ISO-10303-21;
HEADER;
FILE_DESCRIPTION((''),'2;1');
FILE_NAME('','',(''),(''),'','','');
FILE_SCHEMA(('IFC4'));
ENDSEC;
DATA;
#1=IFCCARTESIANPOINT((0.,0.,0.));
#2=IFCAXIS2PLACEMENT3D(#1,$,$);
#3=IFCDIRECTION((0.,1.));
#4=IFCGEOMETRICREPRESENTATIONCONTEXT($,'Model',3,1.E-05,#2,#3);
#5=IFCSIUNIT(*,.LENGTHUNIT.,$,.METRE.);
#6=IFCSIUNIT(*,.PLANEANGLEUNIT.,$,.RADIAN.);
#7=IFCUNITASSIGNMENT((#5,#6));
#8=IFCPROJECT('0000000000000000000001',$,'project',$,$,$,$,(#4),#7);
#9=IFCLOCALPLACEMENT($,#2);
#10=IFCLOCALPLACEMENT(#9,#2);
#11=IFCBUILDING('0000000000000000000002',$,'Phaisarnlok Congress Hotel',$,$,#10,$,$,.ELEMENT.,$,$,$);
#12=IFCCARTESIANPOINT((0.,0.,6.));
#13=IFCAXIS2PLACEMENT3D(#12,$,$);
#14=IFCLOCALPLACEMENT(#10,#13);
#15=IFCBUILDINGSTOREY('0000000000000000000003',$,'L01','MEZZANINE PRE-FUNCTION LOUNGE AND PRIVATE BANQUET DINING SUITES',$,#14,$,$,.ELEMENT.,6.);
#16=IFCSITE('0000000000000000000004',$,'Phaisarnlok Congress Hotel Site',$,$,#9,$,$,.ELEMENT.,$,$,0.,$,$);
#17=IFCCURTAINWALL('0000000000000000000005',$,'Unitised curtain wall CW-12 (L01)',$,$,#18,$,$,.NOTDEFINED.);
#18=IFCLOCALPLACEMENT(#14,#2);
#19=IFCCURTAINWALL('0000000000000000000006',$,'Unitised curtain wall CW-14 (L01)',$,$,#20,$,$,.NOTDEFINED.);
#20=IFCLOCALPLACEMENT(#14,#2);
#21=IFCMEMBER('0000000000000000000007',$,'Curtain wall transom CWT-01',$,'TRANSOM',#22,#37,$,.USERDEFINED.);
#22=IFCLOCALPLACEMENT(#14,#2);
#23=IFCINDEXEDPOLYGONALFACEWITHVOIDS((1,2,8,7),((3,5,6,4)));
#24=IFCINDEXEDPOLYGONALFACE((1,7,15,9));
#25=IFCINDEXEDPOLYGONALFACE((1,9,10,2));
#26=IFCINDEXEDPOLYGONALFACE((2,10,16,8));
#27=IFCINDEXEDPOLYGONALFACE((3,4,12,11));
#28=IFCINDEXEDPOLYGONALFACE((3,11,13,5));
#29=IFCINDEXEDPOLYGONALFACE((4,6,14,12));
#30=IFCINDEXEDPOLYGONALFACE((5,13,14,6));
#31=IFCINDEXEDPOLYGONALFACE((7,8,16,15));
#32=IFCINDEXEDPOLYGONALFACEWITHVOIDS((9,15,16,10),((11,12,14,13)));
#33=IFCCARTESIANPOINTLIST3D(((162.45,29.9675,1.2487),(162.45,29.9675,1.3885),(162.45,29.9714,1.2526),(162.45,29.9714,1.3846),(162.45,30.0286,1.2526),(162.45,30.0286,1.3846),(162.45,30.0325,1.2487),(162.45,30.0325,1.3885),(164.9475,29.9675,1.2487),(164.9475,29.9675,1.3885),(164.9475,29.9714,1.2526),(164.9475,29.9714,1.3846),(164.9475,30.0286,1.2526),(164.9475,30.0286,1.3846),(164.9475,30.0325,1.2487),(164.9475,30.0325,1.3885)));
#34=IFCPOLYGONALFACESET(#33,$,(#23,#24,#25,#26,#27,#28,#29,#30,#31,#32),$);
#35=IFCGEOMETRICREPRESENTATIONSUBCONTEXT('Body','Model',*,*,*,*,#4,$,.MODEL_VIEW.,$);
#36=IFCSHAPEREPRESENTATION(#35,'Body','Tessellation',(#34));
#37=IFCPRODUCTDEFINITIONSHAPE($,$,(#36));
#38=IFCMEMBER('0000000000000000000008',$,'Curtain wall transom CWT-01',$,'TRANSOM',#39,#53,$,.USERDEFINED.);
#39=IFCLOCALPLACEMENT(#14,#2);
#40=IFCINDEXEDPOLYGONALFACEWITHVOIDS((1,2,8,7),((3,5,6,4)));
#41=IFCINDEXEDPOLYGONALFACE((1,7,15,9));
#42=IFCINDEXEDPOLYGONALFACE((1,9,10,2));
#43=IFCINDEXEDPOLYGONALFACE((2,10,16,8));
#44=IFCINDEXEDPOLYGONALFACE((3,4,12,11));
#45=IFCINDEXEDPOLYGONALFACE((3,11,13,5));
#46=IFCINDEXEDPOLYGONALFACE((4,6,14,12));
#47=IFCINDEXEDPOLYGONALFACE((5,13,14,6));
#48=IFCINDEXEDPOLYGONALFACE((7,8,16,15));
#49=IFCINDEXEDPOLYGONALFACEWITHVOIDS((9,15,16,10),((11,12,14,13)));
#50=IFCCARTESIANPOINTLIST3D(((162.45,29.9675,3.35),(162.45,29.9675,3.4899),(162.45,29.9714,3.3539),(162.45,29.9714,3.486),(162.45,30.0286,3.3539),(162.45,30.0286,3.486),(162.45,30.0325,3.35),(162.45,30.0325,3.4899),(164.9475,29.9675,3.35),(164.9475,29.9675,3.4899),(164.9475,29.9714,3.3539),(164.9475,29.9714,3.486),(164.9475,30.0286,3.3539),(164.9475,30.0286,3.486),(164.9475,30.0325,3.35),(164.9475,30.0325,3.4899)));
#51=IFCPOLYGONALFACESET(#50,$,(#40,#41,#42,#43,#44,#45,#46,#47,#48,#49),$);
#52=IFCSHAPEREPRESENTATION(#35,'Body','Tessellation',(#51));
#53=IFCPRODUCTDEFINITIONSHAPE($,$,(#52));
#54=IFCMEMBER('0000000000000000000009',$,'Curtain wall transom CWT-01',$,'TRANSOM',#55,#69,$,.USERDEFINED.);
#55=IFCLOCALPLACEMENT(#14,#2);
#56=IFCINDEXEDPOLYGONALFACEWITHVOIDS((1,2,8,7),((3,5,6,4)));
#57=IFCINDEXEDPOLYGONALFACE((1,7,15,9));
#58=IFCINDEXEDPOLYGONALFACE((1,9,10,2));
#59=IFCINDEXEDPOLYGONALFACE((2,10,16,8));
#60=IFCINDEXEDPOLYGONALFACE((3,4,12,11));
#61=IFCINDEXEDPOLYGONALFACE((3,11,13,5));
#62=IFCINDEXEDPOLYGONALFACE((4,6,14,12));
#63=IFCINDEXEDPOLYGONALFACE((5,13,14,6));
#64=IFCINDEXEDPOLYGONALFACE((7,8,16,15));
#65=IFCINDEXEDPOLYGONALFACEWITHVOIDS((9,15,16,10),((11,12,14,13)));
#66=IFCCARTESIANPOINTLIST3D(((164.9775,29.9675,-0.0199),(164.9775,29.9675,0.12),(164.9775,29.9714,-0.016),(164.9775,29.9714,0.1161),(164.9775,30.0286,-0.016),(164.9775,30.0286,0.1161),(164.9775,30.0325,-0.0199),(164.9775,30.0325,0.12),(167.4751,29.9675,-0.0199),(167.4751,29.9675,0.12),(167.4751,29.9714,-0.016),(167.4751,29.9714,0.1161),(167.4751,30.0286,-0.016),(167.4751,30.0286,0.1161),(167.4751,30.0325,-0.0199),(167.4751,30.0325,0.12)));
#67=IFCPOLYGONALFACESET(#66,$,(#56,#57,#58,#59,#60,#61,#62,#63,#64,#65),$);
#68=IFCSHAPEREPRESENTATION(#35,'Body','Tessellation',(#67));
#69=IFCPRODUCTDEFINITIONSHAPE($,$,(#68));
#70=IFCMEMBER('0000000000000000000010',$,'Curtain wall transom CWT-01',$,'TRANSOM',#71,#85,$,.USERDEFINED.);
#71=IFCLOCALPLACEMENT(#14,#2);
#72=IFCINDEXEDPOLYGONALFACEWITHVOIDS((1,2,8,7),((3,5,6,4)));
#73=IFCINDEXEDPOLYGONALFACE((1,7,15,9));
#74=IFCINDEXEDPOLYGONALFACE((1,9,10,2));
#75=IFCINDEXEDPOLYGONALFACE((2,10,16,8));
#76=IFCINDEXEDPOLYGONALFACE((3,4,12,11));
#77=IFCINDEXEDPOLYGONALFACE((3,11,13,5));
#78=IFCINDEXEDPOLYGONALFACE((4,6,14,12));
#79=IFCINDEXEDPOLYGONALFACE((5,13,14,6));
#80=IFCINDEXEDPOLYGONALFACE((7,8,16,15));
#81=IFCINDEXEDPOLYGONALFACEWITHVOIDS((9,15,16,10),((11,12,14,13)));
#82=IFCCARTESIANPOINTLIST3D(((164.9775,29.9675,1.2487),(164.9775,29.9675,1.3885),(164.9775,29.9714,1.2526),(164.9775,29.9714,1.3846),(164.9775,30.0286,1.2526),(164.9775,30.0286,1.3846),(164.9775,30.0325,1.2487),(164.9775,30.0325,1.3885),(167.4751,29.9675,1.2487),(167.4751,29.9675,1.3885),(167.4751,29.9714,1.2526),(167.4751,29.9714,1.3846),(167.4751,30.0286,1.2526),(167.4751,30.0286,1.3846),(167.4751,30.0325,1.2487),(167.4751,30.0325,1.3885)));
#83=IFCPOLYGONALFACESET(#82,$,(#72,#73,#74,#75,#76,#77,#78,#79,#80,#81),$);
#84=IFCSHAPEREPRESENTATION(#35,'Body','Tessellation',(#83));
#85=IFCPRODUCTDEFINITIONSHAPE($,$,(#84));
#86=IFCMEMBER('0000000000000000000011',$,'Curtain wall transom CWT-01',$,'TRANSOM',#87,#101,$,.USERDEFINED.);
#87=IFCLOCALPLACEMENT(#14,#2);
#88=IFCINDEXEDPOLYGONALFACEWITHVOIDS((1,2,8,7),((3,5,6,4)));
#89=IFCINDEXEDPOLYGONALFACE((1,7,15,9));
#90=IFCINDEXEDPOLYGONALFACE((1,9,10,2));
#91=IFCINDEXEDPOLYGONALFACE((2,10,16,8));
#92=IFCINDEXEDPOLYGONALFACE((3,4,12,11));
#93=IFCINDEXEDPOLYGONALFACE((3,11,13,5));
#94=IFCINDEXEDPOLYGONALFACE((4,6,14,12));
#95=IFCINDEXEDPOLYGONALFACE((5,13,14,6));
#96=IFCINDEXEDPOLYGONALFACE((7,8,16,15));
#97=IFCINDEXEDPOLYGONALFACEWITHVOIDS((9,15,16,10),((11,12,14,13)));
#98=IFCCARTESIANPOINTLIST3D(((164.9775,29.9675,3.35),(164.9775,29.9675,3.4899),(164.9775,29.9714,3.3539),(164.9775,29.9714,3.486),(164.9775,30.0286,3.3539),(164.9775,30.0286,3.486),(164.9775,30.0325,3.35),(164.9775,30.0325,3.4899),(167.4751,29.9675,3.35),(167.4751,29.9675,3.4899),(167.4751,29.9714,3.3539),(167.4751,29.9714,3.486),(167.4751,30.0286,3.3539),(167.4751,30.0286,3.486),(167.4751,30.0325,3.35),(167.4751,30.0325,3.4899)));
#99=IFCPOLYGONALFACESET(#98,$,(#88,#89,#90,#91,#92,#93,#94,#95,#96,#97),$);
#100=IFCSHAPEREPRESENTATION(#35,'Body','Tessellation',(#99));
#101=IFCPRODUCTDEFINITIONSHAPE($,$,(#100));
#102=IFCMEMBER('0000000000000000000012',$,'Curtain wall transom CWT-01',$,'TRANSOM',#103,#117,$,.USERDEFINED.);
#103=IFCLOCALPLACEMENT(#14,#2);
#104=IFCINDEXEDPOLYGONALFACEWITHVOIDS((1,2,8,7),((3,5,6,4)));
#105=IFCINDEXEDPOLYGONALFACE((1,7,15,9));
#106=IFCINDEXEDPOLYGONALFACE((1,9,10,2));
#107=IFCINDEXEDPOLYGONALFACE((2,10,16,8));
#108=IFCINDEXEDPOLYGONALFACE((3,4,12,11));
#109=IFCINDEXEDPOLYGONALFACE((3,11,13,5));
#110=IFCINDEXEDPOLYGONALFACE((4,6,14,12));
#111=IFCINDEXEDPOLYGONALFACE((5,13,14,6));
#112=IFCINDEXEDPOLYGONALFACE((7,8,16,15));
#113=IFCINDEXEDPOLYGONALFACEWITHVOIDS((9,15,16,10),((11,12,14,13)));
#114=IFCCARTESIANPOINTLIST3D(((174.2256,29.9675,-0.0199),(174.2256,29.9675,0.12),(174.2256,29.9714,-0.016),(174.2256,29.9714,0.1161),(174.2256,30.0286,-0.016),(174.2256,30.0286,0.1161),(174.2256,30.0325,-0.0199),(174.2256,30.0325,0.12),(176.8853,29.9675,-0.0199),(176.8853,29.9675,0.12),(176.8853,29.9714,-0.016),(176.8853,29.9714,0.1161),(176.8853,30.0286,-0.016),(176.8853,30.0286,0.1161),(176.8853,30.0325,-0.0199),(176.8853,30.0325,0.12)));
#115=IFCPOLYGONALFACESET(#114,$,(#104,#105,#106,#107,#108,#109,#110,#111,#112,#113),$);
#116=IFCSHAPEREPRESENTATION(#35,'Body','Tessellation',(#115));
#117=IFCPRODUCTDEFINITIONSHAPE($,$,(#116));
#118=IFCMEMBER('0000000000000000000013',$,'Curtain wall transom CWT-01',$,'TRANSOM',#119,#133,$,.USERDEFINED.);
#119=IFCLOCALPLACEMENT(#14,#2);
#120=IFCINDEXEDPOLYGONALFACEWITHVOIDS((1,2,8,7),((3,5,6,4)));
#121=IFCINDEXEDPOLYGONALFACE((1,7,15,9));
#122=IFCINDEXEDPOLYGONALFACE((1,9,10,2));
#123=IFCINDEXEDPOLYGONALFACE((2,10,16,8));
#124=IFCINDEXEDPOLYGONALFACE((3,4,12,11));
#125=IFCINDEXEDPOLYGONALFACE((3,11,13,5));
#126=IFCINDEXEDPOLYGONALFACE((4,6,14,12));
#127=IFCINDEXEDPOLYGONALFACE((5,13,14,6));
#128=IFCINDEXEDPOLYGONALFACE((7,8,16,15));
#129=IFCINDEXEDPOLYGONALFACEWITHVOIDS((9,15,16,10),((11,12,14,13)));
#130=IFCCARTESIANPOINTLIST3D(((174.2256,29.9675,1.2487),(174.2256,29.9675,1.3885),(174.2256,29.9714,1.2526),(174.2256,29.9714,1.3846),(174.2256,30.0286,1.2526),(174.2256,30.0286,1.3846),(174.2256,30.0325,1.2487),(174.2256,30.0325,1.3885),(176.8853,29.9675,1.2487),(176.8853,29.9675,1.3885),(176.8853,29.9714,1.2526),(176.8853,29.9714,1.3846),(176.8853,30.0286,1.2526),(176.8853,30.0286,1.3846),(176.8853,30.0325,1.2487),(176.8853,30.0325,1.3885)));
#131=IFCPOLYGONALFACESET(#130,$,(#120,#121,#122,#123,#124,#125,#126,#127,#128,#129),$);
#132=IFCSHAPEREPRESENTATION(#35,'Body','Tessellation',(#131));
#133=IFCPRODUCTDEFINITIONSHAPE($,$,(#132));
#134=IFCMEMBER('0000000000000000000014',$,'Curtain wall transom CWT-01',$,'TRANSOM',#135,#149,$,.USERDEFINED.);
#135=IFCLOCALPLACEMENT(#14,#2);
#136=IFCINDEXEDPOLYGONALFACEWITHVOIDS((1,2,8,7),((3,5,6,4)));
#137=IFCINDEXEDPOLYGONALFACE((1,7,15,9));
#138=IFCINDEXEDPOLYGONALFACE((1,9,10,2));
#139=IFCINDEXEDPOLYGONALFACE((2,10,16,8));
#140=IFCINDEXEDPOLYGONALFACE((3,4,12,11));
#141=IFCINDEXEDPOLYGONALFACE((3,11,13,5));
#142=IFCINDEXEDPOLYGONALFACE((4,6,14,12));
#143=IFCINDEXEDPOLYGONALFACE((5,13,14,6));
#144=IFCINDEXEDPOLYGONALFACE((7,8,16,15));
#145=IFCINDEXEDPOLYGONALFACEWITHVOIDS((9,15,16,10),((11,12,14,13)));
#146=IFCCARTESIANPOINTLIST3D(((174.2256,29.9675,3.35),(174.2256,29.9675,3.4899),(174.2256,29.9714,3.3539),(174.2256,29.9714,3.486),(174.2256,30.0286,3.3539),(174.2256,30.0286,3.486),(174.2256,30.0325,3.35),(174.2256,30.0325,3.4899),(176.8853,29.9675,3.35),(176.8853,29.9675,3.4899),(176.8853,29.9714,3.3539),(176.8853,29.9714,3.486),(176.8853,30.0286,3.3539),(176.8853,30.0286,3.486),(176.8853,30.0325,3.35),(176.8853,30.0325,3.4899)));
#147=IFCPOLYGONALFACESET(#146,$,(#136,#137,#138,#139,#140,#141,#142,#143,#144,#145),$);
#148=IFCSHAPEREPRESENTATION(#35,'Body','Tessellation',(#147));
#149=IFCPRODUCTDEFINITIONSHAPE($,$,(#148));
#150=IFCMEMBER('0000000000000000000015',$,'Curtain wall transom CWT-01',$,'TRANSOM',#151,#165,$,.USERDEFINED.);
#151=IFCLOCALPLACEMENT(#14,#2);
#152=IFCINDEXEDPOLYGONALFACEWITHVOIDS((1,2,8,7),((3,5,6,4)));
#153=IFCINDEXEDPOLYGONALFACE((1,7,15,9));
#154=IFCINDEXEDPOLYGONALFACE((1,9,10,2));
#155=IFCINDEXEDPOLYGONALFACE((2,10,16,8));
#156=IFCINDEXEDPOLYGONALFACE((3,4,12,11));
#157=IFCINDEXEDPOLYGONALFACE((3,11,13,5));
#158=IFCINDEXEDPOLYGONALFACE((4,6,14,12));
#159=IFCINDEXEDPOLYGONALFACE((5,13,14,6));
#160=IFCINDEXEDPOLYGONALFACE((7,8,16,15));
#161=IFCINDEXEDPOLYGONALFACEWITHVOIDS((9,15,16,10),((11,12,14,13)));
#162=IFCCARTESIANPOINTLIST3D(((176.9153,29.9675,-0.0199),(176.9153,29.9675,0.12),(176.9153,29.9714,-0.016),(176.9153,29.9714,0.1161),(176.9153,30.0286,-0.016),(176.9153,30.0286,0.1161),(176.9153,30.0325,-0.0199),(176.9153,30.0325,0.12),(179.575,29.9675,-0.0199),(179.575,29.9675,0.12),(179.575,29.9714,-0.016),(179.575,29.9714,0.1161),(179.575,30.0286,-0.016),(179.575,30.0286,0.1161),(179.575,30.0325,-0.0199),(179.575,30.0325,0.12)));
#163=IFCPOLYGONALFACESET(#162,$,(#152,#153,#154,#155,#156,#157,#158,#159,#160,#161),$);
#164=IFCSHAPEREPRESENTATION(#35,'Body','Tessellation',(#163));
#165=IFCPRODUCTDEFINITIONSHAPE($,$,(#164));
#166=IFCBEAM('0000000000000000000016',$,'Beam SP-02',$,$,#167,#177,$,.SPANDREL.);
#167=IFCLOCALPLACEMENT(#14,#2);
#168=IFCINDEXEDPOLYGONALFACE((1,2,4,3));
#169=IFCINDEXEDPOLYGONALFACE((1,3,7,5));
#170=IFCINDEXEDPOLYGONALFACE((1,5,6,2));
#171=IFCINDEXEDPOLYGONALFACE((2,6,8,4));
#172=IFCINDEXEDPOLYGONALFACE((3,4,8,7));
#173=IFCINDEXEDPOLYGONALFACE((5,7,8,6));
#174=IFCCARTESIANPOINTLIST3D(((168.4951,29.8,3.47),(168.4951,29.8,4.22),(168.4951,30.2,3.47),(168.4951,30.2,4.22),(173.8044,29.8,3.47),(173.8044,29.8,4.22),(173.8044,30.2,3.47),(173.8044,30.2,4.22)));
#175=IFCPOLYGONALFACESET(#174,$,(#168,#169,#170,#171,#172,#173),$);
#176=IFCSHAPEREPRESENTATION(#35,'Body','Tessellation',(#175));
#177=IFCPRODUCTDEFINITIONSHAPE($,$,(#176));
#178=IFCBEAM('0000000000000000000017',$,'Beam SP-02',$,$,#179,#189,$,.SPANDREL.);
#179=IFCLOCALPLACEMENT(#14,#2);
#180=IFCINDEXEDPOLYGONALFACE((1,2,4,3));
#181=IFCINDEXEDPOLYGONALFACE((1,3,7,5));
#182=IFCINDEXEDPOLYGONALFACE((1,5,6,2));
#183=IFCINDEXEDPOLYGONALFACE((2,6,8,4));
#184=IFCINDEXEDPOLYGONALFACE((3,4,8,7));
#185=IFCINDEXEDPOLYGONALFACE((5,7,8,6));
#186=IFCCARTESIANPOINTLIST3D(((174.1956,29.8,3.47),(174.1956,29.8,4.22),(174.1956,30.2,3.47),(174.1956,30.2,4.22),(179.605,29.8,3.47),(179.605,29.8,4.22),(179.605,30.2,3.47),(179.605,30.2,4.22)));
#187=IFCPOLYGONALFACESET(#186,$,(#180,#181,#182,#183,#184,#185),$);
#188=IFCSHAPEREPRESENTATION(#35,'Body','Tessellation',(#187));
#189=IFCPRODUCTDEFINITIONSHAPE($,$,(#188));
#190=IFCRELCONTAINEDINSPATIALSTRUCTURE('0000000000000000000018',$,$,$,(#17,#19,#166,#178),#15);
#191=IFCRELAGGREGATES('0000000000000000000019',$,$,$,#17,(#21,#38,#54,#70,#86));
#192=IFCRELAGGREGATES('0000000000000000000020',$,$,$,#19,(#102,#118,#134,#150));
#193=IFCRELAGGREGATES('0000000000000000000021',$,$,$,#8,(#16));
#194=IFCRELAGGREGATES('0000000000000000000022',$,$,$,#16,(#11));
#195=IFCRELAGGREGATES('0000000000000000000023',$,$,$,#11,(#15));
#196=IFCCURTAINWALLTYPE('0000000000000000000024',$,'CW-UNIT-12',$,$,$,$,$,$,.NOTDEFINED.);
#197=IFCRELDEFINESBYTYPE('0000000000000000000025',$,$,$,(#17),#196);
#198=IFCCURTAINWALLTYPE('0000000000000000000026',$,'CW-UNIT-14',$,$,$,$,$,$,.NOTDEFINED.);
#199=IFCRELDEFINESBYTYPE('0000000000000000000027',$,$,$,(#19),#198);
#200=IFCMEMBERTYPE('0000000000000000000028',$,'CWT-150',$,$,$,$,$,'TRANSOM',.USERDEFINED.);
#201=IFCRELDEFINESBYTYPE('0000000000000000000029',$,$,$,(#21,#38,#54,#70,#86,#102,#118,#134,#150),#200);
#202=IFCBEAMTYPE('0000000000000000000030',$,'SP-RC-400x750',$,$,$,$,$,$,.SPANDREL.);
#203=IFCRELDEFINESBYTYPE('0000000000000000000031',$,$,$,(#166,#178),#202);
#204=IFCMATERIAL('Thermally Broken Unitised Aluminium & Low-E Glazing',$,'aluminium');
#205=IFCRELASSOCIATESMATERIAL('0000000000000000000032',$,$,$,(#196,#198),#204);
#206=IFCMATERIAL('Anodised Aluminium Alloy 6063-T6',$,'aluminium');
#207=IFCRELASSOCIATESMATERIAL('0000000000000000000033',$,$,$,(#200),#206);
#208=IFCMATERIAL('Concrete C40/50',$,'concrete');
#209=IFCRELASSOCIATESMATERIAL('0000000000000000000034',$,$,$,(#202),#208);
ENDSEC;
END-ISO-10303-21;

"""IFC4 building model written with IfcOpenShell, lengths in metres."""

from ifc_helpers import new_model, si_unit, direction, frame, origin, origin_2d, place, context, subcontext, project, spatial, rectangle, hollow_rectangle, extrude, material, material_profile, profile_set, type_object, element, aggregate, save


model = new_model("IFC4")

# Units and contexts
model_context = context("Model", 3, precision=1e-05, world=origin(), true_north=direction((0.0, 1.0)))
body_context = subcontext(model_context, "Body", "Model", "MODEL_VIEW")
ifc_project = project(units=[si_unit("LENGTHUNIT", "METRE"), si_unit("PLANEANGLEUNIT", "RADIAN")], contexts=[model_context])

# Site, building, storey
site_placement = place(None, origin())
site = spatial("IfcSite", under=ifc_project, at=site_placement, Name="Phaisarnlok Congress Hotel Site", CompositionType="ELEMENT", RefElevation=0.0)
building_placement = place(site_placement, origin())
building = spatial("IfcBuilding", under=site, at=building_placement, Name="Phaisarnlok Congress Hotel", CompositionType="ELEMENT")
storey_placement = place(building_placement, frame((0.0, 0.0, 6.0)))
storey = spatial("IfcBuildingStorey", under=building, at=storey_placement, Name="L01", Description="MEZZANINE PRE-FUNCTION LOUNGE AND PRIVATE BANQUET DINING SUITES", CompositionType="ELEMENT", Elevation=6.0)

# Curtain walls
ifc_material_1 = material(Name="Thermally Broken Unitised Aluminium & Low-E Glazing", Category="aluminium")
curtain_wall_type_1 = type_object("IfcCurtainWallType", Name="CW-UNIT-12", PredefinedType="NOTDEFINED", material=ifc_material_1)
curtain_wall_1_placement = place(storey_placement, origin())
curtain_wall_1 = element("IfcCurtainWall", 1, at=curtain_wall_1_placement, inside=storey, type_object=curtain_wall_type_1, Name="Unitised curtain wall CW-12 (L01)", PredefinedType="NOTDEFINED")
ifc_material_2 = material(Name="Anodised Aluminium Alloy 6063-T6", Category="aluminium")
curtain_wall_type_2 = type_object("IfcCurtainWallType", Name="CW-UNIT-14", PredefinedType="NOTDEFINED", material=ifc_material_1)
curtain_wall_2_placement = place(storey_placement, origin())
curtain_wall_2 = element("IfcCurtainWall", 2, at=curtain_wall_2_placement, inside=storey, type_object=curtain_wall_type_2, Name="Unitised curtain wall CW-14 (L01)", PredefinedType="NOTDEFINED")

# Members
ifc_material_profile_1 = material_profile(ifc_material_2, hollow_rectangle(XDim=0.0649, YDim=0.1399, WallThickness=0.0039, at=origin_2d()), Name="ALU-T 65x140x4")
ifc_profile_set_1 = profile_set([ifc_material_profile_1], Name="Anodised Aluminium Alloy 6063-T6")
member_type_1 = type_object("IfcMemberType", Name="CWT-150", ElementType="TRANSOM", PredefinedType="USERDEFINED", material=ifc_profile_set_1)
member_1_placement = place(storey_placement, frame((162.45, 30.0, 1.3186), z_axis=(1.0, 0.0, 0.0), x_axis=(0.0, 1.0, 0.0)))
member_1 = element("IfcMember", 3, at=member_1_placement, type_object=member_type_1, Name="Curtain wall transom CWT-01", ObjectType="TRANSOM", PredefinedType="USERDEFINED", context=body_context, shape_type="SweptSolid", body=[
    extrude(hollow_rectangle(XDim=0.0649, YDim=0.1399, WallThickness=0.0039, at=origin_2d()), origin(), (0.0, 0.0, 1.0), 2.4976),
])
member_2_placement = place(storey_placement, frame((162.45, 30.0, 3.4199), z_axis=(1.0, 0.0, 0.0), x_axis=(0.0, 1.0, 0.0)))
member_2 = element("IfcMember", 4, at=member_2_placement, type_object=member_type_1, Name="Curtain wall transom CWT-01", ObjectType="TRANSOM", PredefinedType="USERDEFINED", context=body_context, shape_type="SweptSolid", body=[
    extrude(hollow_rectangle(XDim=0.0649, YDim=0.1399, WallThickness=0.0039, at=origin_2d()), origin(), (0.0, 0.0, 1.0), 2.4976),
])
member_3_placement = place(storey_placement, frame((164.9775, 30.0, 0.05), z_axis=(1.0, 0.0, 0.0), x_axis=(0.0, 1.0, 0.0)))
member_3 = element("IfcMember", 5, at=member_3_placement, type_object=member_type_1, Name="Curtain wall transom CWT-01", ObjectType="TRANSOM", PredefinedType="USERDEFINED", context=body_context, shape_type="SweptSolid", body=[
    extrude(hollow_rectangle(XDim=0.0649, YDim=0.1399, WallThickness=0.0039, at=origin_2d()), origin(), (0.0, 0.0, 1.0), 2.4976),
])
member_4_placement = place(storey_placement, frame((164.9775, 30.0, 1.3186), z_axis=(1.0, 0.0, 0.0), x_axis=(0.0, 1.0, 0.0)))
member_4 = element("IfcMember", 6, at=member_4_placement, type_object=member_type_1, Name="Curtain wall transom CWT-01", ObjectType="TRANSOM", PredefinedType="USERDEFINED", context=body_context, shape_type="SweptSolid", body=[
    extrude(hollow_rectangle(XDim=0.0649, YDim=0.1399, WallThickness=0.0039, at=origin_2d()), origin(), (0.0, 0.0, 1.0), 2.4976),
])
member_5_placement = place(storey_placement, frame((164.9775, 30.0, 3.4199), z_axis=(1.0, 0.0, 0.0), x_axis=(0.0, 1.0, 0.0)))
member_5 = element("IfcMember", 7, at=member_5_placement, type_object=member_type_1, Name="Curtain wall transom CWT-01", ObjectType="TRANSOM", PredefinedType="USERDEFINED", context=body_context, shape_type="SweptSolid", body=[
    extrude(hollow_rectangle(XDim=0.0649, YDim=0.1399, WallThickness=0.0039, at=origin_2d()), origin(), (0.0, 0.0, 1.0), 2.4976),
])
member_6_placement = place(storey_placement, frame((174.2256, 30.0, 0.05), z_axis=(1.0, 0.0, 0.0), x_axis=(0.0, 1.0, 0.0)))
member_6 = element("IfcMember", 8, at=member_6_placement, type_object=member_type_1, Name="Curtain wall transom CWT-01", ObjectType="TRANSOM", PredefinedType="USERDEFINED", context=body_context, shape_type="SweptSolid", body=[
    extrude(hollow_rectangle(XDim=0.0649, YDim=0.1399, WallThickness=0.0039, at=origin_2d()), origin(), (0.0, 0.0, 1.0), 2.6597),
])
member_7_placement = place(storey_placement, frame((174.2256, 30.0, 1.3186), z_axis=(1.0, 0.0, 0.0), x_axis=(0.0, 1.0, 0.0)))
member_7 = element("IfcMember", 9, at=member_7_placement, type_object=member_type_1, Name="Curtain wall transom CWT-01", ObjectType="TRANSOM", PredefinedType="USERDEFINED", context=body_context, shape_type="SweptSolid", body=[
    extrude(hollow_rectangle(XDim=0.0649, YDim=0.1399, WallThickness=0.0039, at=origin_2d()), origin(), (0.0, 0.0, 1.0), 2.6597),
])
member_8_placement = place(storey_placement, frame((174.2256, 30.0, 3.4199), z_axis=(1.0, 0.0, 0.0), x_axis=(0.0, 1.0, 0.0)))
member_8 = element("IfcMember", 10, at=member_8_placement, type_object=member_type_1, Name="Curtain wall transom CWT-01", ObjectType="TRANSOM", PredefinedType="USERDEFINED", context=body_context, shape_type="SweptSolid", body=[
    extrude(hollow_rectangle(XDim=0.0649, YDim=0.1399, WallThickness=0.0039, at=origin_2d()), origin(), (0.0, 0.0, 1.0), 2.6597),
])
member_9_placement = place(storey_placement, frame((176.9153, 30.0, 0.05), z_axis=(1.0, 0.0, 0.0), x_axis=(0.0, 1.0, 0.0)))
member_9 = element("IfcMember", 11, at=member_9_placement, type_object=member_type_1, Name="Curtain wall transom CWT-01", ObjectType="TRANSOM", PredefinedType="USERDEFINED", context=body_context, shape_type="SweptSolid", body=[
    extrude(hollow_rectangle(XDim=0.0649, YDim=0.1399, WallThickness=0.0039, at=origin_2d()), origin(), (0.0, 0.0, 1.0), 2.6597),
])

# Beams
ifc_material_3 = material(Name="Concrete C40/50", Category="concrete")
ifc_material_profile_2 = material_profile(ifc_material_3, rectangle(XDim=0.3999, YDim=0.75, at=origin_2d()), Name="RC 400x750")
ifc_profile_set_2 = profile_set([ifc_material_profile_2], Name="Concrete C40/50")
beam_type = type_object("IfcBeamType", Name="SP-RC-400x750", PredefinedType="SPANDREL", material=ifc_profile_set_2)
beam_1_placement = place(storey_placement, frame((168.4951, 30.0, 3.845), z_axis=(1.0, 0.0, 0.0), x_axis=(0.0, 1.0, 0.0)))
element("IfcBeam", 12, at=beam_1_placement, inside=storey, type_object=beam_type, Name="Beam SP-02", PredefinedType="SPANDREL", context=body_context, shape_type="SweptSolid", body=[
    extrude(rectangle(XDim=0.3999, YDim=0.75, at=origin_2d()), origin(), (0.0, 0.0, 1.0), 5.3093),
])
beam_2_placement = place(storey_placement, frame((174.1956, 30.0, 3.845), z_axis=(1.0, 0.0, 0.0), x_axis=(0.0, 1.0, 0.0)))
element("IfcBeam", 13, at=beam_2_placement, inside=storey, type_object=beam_type, Name="Beam SP-02", PredefinedType="SPANDREL", context=body_context, shape_type="SweptSolid", body=[
    extrude(rectangle(XDim=0.3999, YDim=0.75, at=origin_2d()), origin(), (0.0, 0.0, 1.0), 5.4094),
])

aggregate(curtain_wall_1, [member_1, member_2, member_3, member_4, member_5])
aggregate(curtain_wall_2, [member_6, member_7, member_8, member_9])

save(model, "model.ifc")
